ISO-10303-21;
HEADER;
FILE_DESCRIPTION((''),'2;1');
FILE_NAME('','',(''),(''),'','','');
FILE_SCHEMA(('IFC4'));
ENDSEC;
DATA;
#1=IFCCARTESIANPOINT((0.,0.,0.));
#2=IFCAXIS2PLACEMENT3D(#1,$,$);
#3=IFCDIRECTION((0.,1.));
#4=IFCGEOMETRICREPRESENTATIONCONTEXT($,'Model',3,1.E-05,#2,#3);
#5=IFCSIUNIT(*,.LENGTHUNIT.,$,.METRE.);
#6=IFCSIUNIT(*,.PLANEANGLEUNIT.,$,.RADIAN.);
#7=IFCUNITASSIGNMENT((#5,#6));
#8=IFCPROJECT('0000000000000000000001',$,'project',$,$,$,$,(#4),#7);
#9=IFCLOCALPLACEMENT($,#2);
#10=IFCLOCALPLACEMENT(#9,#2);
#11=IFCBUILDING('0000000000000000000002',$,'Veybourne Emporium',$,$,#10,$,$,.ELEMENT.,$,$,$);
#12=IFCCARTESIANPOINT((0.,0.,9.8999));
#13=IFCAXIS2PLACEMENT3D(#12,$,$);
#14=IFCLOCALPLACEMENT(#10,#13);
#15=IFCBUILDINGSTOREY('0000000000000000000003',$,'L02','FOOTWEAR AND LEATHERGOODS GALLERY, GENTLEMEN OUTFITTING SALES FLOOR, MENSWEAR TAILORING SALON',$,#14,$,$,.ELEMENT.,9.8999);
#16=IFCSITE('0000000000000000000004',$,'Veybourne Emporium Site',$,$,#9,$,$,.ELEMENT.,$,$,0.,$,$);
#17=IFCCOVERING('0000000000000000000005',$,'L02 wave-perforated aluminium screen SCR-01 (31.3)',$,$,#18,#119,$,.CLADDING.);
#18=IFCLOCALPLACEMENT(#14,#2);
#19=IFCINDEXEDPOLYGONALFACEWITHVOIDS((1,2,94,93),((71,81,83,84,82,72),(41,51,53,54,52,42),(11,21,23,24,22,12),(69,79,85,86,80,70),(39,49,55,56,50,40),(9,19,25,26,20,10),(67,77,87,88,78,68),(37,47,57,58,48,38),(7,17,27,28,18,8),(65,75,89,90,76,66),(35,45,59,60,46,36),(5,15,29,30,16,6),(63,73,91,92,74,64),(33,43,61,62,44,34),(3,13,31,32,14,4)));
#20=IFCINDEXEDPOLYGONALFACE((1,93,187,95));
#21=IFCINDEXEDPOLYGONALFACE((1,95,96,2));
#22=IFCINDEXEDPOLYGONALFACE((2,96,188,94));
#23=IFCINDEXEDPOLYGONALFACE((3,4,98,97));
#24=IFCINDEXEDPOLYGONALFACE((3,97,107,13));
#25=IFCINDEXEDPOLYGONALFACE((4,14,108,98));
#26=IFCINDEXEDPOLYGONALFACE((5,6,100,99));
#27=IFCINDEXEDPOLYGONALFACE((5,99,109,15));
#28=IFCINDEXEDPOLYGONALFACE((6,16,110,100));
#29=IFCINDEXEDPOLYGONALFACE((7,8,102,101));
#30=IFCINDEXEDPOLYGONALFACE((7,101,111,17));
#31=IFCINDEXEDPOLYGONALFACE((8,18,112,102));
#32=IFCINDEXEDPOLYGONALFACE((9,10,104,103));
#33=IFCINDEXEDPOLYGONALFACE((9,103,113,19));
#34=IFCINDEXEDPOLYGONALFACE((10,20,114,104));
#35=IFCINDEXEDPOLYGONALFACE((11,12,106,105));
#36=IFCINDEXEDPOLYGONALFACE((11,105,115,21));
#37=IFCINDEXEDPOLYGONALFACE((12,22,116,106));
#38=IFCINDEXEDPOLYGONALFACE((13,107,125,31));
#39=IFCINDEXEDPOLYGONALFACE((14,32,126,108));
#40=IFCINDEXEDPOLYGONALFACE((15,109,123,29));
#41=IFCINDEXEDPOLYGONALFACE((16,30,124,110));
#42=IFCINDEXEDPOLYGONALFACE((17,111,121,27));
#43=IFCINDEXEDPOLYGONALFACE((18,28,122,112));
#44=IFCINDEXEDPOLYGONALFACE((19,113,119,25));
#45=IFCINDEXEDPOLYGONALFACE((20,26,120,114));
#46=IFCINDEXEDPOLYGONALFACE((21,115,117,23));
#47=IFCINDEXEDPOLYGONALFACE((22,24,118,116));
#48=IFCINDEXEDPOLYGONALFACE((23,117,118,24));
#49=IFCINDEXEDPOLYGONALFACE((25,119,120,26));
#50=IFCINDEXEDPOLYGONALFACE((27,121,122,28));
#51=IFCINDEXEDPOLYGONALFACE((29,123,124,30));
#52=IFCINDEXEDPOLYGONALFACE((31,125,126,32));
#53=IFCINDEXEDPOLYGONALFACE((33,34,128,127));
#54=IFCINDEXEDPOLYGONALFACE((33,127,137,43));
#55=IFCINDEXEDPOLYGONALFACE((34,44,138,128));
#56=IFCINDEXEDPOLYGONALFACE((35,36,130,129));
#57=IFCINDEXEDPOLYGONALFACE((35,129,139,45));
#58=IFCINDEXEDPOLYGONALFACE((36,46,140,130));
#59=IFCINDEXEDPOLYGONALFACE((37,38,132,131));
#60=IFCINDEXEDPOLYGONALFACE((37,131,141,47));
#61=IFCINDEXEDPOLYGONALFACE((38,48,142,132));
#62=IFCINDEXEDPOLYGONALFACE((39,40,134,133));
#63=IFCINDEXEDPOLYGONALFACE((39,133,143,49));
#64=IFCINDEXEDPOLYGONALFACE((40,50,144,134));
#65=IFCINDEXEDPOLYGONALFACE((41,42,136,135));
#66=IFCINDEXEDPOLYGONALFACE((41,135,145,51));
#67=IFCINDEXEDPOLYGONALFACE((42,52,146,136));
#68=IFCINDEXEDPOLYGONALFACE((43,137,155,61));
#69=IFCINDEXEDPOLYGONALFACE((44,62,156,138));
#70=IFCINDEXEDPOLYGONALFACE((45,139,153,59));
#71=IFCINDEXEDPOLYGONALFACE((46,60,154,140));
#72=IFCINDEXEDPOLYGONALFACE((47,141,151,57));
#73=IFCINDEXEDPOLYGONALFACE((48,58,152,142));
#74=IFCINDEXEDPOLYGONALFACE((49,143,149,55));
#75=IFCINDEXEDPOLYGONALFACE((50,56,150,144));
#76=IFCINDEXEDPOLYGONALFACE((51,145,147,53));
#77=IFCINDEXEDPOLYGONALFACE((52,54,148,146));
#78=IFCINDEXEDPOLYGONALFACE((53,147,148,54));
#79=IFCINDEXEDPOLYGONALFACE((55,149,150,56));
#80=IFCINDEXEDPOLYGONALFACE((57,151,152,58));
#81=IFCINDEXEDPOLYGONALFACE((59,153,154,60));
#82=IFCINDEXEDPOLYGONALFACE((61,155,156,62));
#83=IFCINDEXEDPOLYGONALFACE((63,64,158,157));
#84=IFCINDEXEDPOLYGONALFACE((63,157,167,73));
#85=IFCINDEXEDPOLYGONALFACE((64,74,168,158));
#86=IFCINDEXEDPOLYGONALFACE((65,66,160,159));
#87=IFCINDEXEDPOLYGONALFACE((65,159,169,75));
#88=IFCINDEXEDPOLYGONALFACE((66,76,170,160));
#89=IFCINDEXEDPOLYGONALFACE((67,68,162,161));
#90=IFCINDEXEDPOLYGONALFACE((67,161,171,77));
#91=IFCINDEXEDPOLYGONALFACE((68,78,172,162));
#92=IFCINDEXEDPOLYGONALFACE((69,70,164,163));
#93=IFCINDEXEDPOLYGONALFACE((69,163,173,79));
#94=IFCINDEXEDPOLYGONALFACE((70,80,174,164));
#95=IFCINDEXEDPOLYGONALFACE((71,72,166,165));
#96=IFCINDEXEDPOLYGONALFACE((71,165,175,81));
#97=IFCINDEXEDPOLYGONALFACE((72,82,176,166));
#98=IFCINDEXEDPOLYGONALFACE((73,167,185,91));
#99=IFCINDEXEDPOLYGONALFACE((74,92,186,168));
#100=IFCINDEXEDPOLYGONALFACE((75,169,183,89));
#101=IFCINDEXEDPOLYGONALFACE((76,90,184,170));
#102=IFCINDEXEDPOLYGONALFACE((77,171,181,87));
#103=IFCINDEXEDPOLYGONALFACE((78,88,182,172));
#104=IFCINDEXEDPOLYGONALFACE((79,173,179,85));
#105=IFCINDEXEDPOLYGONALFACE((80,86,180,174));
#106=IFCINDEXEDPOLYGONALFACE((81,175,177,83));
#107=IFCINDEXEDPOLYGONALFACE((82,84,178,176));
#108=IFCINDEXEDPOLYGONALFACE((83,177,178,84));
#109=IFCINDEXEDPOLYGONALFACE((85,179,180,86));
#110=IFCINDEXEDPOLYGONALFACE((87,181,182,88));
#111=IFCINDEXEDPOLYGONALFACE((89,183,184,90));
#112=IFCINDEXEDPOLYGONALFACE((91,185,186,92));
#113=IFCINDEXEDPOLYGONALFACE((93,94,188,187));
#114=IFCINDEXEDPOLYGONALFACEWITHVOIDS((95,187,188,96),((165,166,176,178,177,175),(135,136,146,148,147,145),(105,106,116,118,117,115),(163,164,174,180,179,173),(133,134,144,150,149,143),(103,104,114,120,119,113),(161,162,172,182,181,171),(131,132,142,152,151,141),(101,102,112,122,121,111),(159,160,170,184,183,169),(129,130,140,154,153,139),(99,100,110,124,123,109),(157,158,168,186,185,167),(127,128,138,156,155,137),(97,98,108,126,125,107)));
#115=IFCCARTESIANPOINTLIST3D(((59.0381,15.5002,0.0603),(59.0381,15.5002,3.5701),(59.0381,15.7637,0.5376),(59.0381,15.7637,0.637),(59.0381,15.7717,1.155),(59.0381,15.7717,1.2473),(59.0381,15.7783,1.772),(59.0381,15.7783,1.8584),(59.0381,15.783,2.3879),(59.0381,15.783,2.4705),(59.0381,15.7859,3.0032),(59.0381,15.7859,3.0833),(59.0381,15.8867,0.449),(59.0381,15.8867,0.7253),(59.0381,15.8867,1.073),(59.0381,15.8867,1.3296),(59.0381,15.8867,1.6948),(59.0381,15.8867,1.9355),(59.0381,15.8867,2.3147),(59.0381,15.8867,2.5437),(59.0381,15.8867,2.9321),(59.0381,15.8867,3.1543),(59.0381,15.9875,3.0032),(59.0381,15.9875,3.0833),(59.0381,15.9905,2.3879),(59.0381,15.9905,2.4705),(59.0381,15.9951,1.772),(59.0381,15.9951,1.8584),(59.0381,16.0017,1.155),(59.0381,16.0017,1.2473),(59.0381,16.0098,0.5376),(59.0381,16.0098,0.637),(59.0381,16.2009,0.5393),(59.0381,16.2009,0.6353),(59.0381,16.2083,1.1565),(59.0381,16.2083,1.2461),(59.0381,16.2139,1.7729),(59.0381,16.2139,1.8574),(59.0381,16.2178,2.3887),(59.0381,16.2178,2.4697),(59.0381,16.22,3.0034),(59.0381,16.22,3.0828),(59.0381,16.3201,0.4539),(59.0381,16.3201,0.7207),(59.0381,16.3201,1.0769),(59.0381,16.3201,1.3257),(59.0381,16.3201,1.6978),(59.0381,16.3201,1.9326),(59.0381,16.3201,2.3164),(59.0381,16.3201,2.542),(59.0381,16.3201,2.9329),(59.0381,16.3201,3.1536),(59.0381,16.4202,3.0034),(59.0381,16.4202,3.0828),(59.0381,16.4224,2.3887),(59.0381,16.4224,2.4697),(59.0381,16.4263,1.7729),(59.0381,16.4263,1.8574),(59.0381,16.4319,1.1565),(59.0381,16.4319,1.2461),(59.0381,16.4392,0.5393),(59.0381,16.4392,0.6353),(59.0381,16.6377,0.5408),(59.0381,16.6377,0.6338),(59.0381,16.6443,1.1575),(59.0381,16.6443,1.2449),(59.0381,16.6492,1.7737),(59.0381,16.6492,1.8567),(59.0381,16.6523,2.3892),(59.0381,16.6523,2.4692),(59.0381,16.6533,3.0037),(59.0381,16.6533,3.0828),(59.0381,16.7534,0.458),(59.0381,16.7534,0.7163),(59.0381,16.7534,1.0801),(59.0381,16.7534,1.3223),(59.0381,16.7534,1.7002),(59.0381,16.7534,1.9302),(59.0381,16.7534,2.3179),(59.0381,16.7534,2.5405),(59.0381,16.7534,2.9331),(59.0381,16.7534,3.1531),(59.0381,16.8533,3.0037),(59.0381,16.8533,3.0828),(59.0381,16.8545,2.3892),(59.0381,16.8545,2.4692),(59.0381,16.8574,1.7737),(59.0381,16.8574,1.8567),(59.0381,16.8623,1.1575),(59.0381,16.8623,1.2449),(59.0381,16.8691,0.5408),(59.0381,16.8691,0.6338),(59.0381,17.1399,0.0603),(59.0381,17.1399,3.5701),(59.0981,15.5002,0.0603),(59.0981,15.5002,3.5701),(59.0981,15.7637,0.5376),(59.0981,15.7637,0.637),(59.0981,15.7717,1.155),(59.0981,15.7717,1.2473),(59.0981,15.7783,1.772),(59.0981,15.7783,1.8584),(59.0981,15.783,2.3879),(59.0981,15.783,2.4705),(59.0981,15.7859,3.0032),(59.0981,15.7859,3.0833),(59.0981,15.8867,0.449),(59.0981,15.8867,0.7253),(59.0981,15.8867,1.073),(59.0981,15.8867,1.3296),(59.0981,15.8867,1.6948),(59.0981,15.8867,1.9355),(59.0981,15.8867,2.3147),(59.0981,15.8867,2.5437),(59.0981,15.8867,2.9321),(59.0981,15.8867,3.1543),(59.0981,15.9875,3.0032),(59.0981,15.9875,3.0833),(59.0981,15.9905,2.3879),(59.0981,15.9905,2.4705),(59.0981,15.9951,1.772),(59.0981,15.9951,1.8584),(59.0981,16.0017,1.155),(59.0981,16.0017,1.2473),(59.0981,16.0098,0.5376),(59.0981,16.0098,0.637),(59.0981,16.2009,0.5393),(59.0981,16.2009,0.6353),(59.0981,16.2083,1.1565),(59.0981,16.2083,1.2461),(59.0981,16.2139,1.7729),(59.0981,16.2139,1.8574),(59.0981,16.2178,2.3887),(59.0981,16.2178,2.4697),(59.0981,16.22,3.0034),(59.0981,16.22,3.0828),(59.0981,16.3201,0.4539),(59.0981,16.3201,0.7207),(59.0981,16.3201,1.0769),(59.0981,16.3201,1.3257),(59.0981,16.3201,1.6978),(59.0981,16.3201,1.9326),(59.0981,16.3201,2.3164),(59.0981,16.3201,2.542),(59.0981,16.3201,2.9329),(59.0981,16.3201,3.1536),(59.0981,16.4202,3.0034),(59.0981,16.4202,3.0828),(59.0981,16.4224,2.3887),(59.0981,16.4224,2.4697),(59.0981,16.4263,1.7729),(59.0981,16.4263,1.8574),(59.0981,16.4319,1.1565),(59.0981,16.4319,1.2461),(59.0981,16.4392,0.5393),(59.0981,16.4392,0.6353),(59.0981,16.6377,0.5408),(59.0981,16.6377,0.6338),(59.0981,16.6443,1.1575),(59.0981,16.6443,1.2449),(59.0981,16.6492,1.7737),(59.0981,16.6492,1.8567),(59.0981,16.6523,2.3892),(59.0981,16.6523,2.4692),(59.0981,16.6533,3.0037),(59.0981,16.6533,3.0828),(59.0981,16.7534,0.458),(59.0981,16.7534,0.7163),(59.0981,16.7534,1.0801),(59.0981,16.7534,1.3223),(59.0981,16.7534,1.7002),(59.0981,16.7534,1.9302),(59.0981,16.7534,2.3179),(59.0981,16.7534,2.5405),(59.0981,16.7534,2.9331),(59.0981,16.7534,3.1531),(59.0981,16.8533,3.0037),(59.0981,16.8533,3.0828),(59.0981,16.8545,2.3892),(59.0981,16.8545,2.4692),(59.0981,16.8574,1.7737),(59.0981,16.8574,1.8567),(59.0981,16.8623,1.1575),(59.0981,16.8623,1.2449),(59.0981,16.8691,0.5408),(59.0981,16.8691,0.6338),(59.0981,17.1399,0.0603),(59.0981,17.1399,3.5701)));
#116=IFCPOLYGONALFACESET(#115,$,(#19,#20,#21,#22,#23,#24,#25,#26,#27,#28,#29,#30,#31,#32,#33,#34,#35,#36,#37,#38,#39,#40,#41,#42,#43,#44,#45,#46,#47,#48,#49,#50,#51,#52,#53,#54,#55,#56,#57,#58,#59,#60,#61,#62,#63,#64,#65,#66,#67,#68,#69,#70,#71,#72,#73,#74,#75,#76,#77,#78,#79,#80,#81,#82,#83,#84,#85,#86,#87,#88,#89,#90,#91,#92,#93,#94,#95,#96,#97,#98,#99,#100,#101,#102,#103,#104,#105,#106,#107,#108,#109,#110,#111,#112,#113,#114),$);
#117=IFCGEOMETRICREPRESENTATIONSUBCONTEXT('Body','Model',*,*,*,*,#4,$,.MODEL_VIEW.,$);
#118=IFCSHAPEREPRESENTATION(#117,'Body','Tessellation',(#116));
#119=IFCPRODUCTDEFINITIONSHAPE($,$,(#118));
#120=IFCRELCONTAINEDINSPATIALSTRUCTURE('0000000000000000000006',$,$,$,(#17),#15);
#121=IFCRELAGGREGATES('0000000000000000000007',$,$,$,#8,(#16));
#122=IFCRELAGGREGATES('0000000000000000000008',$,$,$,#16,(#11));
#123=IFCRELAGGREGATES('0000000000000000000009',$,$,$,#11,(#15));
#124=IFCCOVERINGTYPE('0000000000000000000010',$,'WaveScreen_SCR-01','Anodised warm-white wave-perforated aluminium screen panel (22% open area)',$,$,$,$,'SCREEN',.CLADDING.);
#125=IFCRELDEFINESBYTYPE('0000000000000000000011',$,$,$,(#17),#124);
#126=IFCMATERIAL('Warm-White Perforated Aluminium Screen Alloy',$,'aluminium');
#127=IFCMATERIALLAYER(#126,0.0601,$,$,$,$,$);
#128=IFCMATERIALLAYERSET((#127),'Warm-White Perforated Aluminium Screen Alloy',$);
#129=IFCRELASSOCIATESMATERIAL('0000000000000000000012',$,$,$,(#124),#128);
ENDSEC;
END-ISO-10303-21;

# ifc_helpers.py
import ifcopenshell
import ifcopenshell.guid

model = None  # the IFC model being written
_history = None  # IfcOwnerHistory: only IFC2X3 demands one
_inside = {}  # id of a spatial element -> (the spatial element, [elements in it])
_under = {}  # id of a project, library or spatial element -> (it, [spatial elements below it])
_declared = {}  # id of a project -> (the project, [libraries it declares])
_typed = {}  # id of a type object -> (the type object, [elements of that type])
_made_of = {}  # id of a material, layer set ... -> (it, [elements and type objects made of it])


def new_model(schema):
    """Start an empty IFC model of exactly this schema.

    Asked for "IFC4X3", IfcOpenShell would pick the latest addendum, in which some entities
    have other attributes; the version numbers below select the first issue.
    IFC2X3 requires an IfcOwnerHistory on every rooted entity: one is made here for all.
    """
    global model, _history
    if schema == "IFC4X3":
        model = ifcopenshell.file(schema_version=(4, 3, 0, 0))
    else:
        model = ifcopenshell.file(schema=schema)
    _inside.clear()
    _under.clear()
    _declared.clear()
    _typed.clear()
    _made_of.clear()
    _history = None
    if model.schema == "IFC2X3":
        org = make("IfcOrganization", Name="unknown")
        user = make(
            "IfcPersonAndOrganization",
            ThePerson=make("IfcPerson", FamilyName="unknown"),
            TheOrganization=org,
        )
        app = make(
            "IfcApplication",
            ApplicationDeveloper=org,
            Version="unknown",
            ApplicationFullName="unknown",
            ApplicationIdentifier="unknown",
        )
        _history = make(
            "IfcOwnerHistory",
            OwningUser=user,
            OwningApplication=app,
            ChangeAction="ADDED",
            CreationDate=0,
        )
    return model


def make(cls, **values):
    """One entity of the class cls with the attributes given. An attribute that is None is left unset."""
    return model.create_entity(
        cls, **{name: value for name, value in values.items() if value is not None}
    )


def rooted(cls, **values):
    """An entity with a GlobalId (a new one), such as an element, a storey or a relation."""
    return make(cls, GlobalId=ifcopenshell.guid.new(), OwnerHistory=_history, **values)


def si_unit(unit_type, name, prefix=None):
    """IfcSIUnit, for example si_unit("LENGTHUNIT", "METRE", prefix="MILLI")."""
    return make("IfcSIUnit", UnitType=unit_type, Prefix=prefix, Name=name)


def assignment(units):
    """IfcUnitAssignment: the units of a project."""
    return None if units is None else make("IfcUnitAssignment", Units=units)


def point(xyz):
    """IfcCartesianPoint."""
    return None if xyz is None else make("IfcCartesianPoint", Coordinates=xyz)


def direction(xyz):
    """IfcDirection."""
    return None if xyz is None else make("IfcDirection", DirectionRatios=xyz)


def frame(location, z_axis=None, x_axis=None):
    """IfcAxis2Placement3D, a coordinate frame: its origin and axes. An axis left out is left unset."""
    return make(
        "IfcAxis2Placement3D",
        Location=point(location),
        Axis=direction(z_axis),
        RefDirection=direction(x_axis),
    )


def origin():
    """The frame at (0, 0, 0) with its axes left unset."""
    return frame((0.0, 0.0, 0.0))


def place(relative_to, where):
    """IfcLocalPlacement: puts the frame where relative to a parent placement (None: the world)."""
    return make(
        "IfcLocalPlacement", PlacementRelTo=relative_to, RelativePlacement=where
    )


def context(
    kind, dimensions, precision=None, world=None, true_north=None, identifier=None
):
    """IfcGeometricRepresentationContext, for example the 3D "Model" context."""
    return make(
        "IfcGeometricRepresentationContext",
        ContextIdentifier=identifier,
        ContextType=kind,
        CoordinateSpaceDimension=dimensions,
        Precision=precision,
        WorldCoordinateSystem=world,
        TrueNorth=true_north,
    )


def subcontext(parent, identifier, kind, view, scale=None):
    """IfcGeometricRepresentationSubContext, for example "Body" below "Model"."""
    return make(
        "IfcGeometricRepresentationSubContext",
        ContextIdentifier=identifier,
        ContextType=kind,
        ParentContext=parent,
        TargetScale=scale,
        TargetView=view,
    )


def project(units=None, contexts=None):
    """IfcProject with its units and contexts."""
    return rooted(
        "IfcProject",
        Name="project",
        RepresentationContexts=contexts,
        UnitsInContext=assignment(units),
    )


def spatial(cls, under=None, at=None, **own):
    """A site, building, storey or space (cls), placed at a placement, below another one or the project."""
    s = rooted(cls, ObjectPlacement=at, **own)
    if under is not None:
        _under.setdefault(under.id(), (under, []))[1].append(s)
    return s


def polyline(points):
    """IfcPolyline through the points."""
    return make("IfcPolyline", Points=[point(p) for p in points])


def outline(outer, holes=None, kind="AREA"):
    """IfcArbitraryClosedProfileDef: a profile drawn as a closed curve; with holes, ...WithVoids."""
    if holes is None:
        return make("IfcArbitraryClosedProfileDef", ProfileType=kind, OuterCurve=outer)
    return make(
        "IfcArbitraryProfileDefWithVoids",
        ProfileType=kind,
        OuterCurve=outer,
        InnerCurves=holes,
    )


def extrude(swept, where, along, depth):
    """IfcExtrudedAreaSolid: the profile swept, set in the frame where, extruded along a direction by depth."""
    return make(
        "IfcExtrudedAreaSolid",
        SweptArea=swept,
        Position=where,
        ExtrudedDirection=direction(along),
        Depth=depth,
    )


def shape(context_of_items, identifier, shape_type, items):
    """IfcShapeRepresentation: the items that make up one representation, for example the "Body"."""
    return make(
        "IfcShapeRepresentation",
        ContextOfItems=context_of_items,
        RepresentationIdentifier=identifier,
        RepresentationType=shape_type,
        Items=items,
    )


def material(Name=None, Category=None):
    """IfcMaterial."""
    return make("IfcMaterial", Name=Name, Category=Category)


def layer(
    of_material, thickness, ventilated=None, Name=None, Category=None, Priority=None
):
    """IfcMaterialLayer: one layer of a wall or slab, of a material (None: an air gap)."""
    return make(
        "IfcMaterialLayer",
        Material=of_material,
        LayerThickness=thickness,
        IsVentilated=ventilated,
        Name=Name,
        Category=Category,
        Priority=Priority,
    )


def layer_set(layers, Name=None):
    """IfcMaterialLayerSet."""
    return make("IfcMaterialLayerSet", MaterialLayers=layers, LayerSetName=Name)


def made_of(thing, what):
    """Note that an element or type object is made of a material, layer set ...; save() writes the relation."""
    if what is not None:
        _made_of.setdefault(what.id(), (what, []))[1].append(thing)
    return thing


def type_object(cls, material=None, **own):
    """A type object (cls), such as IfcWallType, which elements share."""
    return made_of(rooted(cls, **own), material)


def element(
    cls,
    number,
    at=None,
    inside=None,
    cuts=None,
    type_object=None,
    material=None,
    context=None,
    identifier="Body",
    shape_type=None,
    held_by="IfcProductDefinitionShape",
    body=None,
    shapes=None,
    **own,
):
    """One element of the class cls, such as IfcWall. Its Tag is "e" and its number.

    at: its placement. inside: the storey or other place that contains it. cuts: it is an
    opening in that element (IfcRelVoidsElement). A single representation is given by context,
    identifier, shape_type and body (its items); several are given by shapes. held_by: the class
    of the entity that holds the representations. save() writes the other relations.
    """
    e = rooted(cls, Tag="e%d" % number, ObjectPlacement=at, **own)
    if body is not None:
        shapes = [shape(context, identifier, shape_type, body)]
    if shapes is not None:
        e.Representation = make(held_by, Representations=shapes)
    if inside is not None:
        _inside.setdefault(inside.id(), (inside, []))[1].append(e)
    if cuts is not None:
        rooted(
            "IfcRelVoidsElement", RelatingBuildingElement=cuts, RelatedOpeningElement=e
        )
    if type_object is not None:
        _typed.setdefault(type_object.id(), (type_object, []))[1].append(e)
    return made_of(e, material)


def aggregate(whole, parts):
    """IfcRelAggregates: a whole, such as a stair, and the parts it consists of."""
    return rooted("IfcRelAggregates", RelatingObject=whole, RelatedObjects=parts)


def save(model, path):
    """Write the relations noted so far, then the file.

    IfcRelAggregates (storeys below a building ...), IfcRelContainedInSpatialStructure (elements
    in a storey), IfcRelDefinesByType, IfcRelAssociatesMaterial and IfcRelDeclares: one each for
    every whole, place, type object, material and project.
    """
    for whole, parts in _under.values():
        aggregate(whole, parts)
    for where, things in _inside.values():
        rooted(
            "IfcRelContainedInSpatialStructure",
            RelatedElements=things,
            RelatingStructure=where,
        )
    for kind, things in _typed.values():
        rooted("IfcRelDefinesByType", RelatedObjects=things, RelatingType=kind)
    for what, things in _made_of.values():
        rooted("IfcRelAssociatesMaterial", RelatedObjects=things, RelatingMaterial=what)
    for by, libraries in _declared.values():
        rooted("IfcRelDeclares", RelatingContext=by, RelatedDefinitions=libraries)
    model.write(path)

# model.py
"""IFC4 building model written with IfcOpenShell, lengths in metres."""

from ifc_helpers import new_model, si_unit, direction, frame, origin, place, context, subcontext, project, spatial, polyline, outline, extrude, material, layer, layer_set, type_object, element, save


model = new_model("IFC4")

# Units and contexts
model_context = context("Model", 3, precision=1e-05, world=origin(), true_north=direction((0.0, 1.0)))
body_context = subcontext(model_context, "Body", "Model", "MODEL_VIEW")
ifc_project = project(units=[si_unit("LENGTHUNIT", "METRE"), si_unit("PLANEANGLEUNIT", "RADIAN")], contexts=[model_context])

# Site, building, storey
site_placement = place(None, origin())
site = spatial("IfcSite", under=ifc_project, at=site_placement, Name="Veybourne Emporium Site", CompositionType="ELEMENT", RefElevation=0.0)
building_placement = place(site_placement, origin())
building = spatial("IfcBuilding", under=site, at=building_placement, Name="Veybourne Emporium", CompositionType="ELEMENT")
storey_placement = place(building_placement, frame((0.0, 0.0, 9.8999)))
storey = spatial("IfcBuildingStorey", under=building, at=storey_placement, Name="L02", Description="FOOTWEAR AND LEATHERGOODS GALLERY, GENTLEMEN OUTFITTING SALES FLOOR, MENSWEAR TAILORING SALON", CompositionType="ELEMENT", Elevation=9.8999)

# Covering
ifc_material_1 = material(Name="Warm-White Perforated Aluminium Screen Alloy", Category="aluminium")
ifc_layer_1 = layer(ifc_material_1, 0.0601)
ifc_layer_set_1 = layer_set([ifc_layer_1], Name="Warm-White Perforated Aluminium Screen Alloy")
covering_type_1 = type_object("IfcCoveringType", Name="WaveScreen_SCR-01", Description="Anodised warm-white wave-perforated aluminium screen panel (22% open area)", ElementType="SCREEN", PredefinedType="CLADDING", material=ifc_layer_set_1)
covering_1_placement = place(storey_placement, frame((59.0981, 16.3201, 1.8152), z_axis=(-1.0, 0.0, 0.0), x_axis=(0.0, -1.0, 0.0)))
element("IfcCovering", 1, at=covering_1_placement, inside=storey, type_object=covering_type_1, Name="L02 wave-perforated aluminium screen SCR-01 (31.3)", PredefinedType="CLADDING", context=body_context, shape_type="SweptSolid", body=[
    extrude(outline(polyline([(-0.8198, -1.7549), (0.8198, -1.7549), (0.8198, 1.7549), (-0.8198, 1.7549), (-0.8198, -1.7549)]), holes=[polyline([(-0.4333, -1.0989), (-0.3176, -1.1814), (-0.3176, -1.2744), (-0.4333, -1.3572), (-0.5491, -1.2744), (-0.5491, -1.1814), (-0.4333, -1.0989)]), polyline([(-0.4333, -0.4929), (-0.3242, -0.5703), (-0.3242, -0.6577), (-0.4333, -0.7351), (-0.5422, -0.6577), (-0.5422, -0.5703), (-0.4333, -0.4929)]), polyline([(-0.4333, 0.115), (-0.3291, 0.0415), (-0.3291, -0.0415), (-0.4333, -0.115), (-0.5374, -0.0415), (-0.5374, 0.0415), (-0.4333, 0.115)]), polyline([(-0.4333, 0.7253), (-0.3323, 0.6541), (-0.3323, 0.574), (-0.4333, 0.5027), (-0.5344, 0.574), (-0.5344, 0.6541), (-0.4333, 0.7253)]), polyline([(-0.4333, 1.3379), (-0.3333, 1.2676), (-0.3333, 1.1885), (-0.4333, 1.1179), (-0.5332, 1.1885), (-0.5332, 1.2676), (-0.4333, 1.3379)]), polyline([(0.0, -1.0945), (0.1191, -1.1799), (0.1191, -1.2759), (0.0, -1.3613), (-0.1191, -1.2759), (-0.1191, -1.1799), (0.0, -1.0945)]), polyline([(0.0, -0.4895), (0.1118, -0.5691), (0.1118, -0.6587), (0.0, -0.7383), (-0.1118, -0.6587), (-0.1118, -0.5691), (0.0, -0.4895)]), polyline([(0.0, 0.1174), (0.1062, 0.0422), (0.1062, -0.0422), (0.0, -0.1174), (-0.1062, -0.0422), (-0.1062, 0.0422), (0.0, 0.1174)]), polyline([(0.0, 0.7268), (0.1023, 0.6545), (0.1023, 0.5735), (0.0, 0.5012), (-0.1023, 0.5735), (-0.1023, 0.6545), (0.0, 0.7268)]), polyline([(0.0, 1.3384), (0.1001, 1.2676), (0.1001, 1.1882), (0.0, 1.1177), (-0.1001, 1.1882), (-0.1001, 1.2676), (0.0, 1.3384)]), polyline([(0.4333, -1.0898), (0.5564, -1.1782), (0.5564, -1.2776), (0.4333, -1.3662), (0.3103, -1.2776), (0.3103, -1.1782), (0.4333, -1.0898)]), polyline([(0.4333, -0.4856), (0.5483, -0.5679), (0.5483, -0.6602), (0.4333, -0.7422), (0.3184, -0.6602), (0.3184, -0.5679), (0.4333, -0.4856)]), polyline([(0.4333, 0.1204), (0.5417, 0.0432), (0.5417, -0.0432), (0.4333, -0.1204), (0.325, -0.0432), (0.325, 0.0432), (0.4333, 0.1204)]), polyline([(0.4333, 0.7285), (0.5371, 0.6553), (0.5371, 0.5728), (0.4333, 0.4995), (0.3296, 0.5728), (0.3296, 0.6553), (0.4333, 0.7285)]), polyline([(0.4333, 1.3391), (0.5342, 1.2681), (0.5342, 1.188), (0.4333, 1.1169), (0.3325, 1.188), (0.3325, 1.2681), (0.4333, 1.3391)])]), origin(), (0.0, 0.0, 1.0), 0.0601),
])

save(model, "model.ifc")
